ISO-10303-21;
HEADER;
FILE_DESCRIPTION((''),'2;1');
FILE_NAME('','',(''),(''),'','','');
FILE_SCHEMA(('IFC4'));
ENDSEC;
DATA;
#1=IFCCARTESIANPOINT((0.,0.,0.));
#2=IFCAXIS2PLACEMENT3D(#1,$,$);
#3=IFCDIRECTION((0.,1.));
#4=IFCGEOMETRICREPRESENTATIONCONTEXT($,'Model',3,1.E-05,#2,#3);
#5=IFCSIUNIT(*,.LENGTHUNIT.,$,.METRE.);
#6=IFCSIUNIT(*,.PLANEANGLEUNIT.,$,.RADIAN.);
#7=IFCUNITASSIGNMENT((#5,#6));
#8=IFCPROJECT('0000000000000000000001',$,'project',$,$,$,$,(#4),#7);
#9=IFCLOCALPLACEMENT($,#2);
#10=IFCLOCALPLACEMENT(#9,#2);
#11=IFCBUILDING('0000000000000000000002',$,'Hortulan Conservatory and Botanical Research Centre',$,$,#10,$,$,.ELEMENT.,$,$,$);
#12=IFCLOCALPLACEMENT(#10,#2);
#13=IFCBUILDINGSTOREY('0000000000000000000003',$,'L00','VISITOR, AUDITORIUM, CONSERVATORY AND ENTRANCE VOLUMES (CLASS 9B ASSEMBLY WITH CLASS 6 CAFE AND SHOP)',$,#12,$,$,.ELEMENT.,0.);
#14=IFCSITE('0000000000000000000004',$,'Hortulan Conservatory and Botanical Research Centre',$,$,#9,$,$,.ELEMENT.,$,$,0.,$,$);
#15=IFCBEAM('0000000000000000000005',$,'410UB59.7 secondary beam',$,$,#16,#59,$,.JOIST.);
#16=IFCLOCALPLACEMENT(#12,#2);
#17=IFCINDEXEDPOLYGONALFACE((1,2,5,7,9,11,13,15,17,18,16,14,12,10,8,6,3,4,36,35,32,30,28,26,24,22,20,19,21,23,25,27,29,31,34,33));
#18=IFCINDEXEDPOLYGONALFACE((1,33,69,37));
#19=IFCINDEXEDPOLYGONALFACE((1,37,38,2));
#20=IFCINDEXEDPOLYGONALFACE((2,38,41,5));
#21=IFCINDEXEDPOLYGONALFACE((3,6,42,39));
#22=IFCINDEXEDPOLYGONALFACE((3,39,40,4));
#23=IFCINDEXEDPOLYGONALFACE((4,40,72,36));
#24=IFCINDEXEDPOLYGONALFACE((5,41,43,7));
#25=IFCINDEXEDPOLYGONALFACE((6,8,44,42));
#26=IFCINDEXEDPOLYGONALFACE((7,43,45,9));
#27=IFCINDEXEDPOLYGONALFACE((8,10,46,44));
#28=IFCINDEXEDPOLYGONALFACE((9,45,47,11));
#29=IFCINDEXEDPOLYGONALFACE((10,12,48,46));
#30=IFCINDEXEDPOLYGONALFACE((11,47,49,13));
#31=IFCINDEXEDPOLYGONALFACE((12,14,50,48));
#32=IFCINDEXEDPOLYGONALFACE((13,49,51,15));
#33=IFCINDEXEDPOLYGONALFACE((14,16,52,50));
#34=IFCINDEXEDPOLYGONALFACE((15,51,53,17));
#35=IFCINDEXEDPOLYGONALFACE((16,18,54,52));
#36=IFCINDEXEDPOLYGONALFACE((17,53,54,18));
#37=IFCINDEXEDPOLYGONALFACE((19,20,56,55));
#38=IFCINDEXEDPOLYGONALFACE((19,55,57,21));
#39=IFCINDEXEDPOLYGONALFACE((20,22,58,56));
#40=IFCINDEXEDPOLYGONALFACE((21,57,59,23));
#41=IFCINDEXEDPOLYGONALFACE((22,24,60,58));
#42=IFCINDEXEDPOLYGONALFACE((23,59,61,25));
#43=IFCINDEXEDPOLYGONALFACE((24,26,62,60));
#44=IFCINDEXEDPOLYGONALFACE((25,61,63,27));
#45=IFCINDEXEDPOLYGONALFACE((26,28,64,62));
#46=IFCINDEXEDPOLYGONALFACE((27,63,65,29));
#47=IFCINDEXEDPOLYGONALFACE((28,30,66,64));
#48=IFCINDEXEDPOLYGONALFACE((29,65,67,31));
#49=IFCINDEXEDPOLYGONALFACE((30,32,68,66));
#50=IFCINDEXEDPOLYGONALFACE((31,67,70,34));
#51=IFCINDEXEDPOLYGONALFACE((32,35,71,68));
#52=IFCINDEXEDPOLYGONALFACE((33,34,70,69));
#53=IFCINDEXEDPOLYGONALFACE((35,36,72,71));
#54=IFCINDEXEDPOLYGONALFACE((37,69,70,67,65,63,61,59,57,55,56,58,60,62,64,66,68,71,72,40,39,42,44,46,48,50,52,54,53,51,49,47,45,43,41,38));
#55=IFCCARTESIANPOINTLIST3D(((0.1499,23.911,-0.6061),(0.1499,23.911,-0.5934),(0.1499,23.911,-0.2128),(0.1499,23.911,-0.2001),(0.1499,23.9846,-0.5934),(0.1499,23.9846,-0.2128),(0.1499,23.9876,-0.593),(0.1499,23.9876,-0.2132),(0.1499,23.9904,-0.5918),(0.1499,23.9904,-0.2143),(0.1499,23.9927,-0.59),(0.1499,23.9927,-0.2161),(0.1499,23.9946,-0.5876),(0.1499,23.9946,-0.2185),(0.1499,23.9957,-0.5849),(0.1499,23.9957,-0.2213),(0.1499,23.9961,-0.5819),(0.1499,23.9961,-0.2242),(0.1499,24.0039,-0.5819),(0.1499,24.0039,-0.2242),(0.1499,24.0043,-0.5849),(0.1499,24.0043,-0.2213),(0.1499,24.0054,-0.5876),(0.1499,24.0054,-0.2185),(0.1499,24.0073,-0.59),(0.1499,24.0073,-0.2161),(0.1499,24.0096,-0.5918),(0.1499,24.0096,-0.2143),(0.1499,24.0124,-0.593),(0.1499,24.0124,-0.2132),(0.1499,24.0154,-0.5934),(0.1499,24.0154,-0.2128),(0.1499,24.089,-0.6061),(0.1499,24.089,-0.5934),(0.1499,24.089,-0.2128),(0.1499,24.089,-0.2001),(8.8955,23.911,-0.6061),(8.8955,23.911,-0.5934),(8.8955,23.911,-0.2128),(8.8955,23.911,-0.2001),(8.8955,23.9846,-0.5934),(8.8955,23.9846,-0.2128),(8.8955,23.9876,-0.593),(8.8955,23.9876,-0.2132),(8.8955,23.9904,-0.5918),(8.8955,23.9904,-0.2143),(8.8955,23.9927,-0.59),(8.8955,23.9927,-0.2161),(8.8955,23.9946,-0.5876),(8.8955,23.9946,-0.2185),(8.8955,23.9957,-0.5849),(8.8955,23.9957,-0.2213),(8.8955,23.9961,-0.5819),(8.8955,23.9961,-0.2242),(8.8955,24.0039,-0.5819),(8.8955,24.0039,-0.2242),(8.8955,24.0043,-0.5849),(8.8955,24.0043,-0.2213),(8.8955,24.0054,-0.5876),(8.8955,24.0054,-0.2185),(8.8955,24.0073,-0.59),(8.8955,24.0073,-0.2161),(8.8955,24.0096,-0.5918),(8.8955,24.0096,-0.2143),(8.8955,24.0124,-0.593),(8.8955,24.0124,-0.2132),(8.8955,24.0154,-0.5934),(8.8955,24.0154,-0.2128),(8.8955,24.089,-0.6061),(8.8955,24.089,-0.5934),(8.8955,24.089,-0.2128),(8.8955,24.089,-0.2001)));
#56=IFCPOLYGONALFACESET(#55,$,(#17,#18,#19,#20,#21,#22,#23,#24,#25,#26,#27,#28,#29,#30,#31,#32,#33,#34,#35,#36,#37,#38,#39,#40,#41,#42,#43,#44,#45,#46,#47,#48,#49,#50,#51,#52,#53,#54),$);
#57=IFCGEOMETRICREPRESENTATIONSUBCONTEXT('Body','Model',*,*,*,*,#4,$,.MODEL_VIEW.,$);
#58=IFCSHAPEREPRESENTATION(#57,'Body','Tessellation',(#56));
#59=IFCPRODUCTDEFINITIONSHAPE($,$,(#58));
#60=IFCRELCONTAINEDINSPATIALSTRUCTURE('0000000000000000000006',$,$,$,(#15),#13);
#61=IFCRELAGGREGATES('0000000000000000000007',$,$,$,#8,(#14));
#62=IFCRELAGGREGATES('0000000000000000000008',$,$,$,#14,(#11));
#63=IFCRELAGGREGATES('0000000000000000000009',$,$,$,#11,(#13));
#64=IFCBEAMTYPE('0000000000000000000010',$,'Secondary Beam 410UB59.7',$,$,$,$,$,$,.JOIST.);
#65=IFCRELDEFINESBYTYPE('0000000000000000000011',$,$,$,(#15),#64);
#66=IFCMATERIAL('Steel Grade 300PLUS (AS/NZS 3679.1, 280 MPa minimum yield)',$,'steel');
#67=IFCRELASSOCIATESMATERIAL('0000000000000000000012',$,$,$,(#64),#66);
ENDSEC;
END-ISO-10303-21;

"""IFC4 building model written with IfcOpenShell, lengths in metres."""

from ifc_helpers import new_model, si_unit, direction, frame, origin, origin_2d, place, context, subcontext, project, spatial, i_section, extrude, material, material_profile, profile_set, type_object, element, save


model = new_model("IFC4")

# Units and contexts
model_context = context("Model", 3, precision=1e-05, world=origin(), true_north=direction((0.0, 1.0)))
body_context = subcontext(model_context, "Body", "Model", "MODEL_VIEW")
ifc_project = project(units=[si_unit("LENGTHUNIT", "METRE"), si_unit("PLANEANGLEUNIT", "RADIAN")], contexts=[model_context])

# Site, building, storey
site_placement = place(None, origin())
site = spatial("IfcSite", under=ifc_project, at=site_placement, Name="Hortulan Conservatory and Botanical Research Centre", CompositionType="ELEMENT", RefElevation=0.0)
building_placement = place(site_placement, origin())
building = spatial("IfcBuilding", under=site, at=building_placement, Name="Hortulan Conservatory and Botanical Research Centre", CompositionType="ELEMENT")
storey_placement = place(building_placement, origin())
storey = spatial("IfcBuildingStorey", under=building, at=storey_placement, Name="L00", Description="VISITOR, AUDITORIUM, CONSERVATORY AND ENTRANCE VOLUMES (CLASS 9B ASSEMBLY WITH CLASS 6 CAFE AND SHOP)", CompositionType="ELEMENT", Elevation=0.0)

# Beam
ifc_material_1 = material(Name="Steel Grade 300PLUS (AS/NZS 3679.1, 280 MPa minimum yield)", Category="steel")
ifc_material_profile_1 = material_profile(ifc_material_1, i_section(OverallWidth=0.178, OverallDepth=0.406, WebThickness=0.0078, FlangeThickness=0.0127, FilletRadius=0.0115, at=origin_2d()), Name="410UB59.7")
ifc_profile_set_1 = profile_set([ifc_material_profile_1], Name="Steel Grade 300PLUS (AS/NZS 3679.1, 280 MPa minimum yield)")
beam_type_1 = type_object("IfcBeamType", Name="Secondary Beam 410UB59.7", PredefinedType="JOIST", material=ifc_profile_set_1)
for number, where, z_axis, x_axis, name in (
    (1, (0.1499, 24.0, -0.4031), (1.0, 0.0, 0.0), (0.0, 1.0, 0.0), "410UB59.7 secondary beam"),
):
    element("IfcBeam", number, at=place(storey_placement, frame(where, z_axis=z_axis, x_axis=x_axis)), inside=storey, type_object=beam_type_1, Name=name, PredefinedType="JOIST", context=body_context, shape_type="SweptSolid", body=[
        extrude(i_section(OverallWidth=0.178, OverallDepth=0.406, WebThickness=0.0078, FlangeThickness=0.0127, FilletRadius=0.0115, at=origin_2d()), origin(), (0.0, 0.0, 1.0), 8.7456),
    ])

save(model, "model.ifc")
